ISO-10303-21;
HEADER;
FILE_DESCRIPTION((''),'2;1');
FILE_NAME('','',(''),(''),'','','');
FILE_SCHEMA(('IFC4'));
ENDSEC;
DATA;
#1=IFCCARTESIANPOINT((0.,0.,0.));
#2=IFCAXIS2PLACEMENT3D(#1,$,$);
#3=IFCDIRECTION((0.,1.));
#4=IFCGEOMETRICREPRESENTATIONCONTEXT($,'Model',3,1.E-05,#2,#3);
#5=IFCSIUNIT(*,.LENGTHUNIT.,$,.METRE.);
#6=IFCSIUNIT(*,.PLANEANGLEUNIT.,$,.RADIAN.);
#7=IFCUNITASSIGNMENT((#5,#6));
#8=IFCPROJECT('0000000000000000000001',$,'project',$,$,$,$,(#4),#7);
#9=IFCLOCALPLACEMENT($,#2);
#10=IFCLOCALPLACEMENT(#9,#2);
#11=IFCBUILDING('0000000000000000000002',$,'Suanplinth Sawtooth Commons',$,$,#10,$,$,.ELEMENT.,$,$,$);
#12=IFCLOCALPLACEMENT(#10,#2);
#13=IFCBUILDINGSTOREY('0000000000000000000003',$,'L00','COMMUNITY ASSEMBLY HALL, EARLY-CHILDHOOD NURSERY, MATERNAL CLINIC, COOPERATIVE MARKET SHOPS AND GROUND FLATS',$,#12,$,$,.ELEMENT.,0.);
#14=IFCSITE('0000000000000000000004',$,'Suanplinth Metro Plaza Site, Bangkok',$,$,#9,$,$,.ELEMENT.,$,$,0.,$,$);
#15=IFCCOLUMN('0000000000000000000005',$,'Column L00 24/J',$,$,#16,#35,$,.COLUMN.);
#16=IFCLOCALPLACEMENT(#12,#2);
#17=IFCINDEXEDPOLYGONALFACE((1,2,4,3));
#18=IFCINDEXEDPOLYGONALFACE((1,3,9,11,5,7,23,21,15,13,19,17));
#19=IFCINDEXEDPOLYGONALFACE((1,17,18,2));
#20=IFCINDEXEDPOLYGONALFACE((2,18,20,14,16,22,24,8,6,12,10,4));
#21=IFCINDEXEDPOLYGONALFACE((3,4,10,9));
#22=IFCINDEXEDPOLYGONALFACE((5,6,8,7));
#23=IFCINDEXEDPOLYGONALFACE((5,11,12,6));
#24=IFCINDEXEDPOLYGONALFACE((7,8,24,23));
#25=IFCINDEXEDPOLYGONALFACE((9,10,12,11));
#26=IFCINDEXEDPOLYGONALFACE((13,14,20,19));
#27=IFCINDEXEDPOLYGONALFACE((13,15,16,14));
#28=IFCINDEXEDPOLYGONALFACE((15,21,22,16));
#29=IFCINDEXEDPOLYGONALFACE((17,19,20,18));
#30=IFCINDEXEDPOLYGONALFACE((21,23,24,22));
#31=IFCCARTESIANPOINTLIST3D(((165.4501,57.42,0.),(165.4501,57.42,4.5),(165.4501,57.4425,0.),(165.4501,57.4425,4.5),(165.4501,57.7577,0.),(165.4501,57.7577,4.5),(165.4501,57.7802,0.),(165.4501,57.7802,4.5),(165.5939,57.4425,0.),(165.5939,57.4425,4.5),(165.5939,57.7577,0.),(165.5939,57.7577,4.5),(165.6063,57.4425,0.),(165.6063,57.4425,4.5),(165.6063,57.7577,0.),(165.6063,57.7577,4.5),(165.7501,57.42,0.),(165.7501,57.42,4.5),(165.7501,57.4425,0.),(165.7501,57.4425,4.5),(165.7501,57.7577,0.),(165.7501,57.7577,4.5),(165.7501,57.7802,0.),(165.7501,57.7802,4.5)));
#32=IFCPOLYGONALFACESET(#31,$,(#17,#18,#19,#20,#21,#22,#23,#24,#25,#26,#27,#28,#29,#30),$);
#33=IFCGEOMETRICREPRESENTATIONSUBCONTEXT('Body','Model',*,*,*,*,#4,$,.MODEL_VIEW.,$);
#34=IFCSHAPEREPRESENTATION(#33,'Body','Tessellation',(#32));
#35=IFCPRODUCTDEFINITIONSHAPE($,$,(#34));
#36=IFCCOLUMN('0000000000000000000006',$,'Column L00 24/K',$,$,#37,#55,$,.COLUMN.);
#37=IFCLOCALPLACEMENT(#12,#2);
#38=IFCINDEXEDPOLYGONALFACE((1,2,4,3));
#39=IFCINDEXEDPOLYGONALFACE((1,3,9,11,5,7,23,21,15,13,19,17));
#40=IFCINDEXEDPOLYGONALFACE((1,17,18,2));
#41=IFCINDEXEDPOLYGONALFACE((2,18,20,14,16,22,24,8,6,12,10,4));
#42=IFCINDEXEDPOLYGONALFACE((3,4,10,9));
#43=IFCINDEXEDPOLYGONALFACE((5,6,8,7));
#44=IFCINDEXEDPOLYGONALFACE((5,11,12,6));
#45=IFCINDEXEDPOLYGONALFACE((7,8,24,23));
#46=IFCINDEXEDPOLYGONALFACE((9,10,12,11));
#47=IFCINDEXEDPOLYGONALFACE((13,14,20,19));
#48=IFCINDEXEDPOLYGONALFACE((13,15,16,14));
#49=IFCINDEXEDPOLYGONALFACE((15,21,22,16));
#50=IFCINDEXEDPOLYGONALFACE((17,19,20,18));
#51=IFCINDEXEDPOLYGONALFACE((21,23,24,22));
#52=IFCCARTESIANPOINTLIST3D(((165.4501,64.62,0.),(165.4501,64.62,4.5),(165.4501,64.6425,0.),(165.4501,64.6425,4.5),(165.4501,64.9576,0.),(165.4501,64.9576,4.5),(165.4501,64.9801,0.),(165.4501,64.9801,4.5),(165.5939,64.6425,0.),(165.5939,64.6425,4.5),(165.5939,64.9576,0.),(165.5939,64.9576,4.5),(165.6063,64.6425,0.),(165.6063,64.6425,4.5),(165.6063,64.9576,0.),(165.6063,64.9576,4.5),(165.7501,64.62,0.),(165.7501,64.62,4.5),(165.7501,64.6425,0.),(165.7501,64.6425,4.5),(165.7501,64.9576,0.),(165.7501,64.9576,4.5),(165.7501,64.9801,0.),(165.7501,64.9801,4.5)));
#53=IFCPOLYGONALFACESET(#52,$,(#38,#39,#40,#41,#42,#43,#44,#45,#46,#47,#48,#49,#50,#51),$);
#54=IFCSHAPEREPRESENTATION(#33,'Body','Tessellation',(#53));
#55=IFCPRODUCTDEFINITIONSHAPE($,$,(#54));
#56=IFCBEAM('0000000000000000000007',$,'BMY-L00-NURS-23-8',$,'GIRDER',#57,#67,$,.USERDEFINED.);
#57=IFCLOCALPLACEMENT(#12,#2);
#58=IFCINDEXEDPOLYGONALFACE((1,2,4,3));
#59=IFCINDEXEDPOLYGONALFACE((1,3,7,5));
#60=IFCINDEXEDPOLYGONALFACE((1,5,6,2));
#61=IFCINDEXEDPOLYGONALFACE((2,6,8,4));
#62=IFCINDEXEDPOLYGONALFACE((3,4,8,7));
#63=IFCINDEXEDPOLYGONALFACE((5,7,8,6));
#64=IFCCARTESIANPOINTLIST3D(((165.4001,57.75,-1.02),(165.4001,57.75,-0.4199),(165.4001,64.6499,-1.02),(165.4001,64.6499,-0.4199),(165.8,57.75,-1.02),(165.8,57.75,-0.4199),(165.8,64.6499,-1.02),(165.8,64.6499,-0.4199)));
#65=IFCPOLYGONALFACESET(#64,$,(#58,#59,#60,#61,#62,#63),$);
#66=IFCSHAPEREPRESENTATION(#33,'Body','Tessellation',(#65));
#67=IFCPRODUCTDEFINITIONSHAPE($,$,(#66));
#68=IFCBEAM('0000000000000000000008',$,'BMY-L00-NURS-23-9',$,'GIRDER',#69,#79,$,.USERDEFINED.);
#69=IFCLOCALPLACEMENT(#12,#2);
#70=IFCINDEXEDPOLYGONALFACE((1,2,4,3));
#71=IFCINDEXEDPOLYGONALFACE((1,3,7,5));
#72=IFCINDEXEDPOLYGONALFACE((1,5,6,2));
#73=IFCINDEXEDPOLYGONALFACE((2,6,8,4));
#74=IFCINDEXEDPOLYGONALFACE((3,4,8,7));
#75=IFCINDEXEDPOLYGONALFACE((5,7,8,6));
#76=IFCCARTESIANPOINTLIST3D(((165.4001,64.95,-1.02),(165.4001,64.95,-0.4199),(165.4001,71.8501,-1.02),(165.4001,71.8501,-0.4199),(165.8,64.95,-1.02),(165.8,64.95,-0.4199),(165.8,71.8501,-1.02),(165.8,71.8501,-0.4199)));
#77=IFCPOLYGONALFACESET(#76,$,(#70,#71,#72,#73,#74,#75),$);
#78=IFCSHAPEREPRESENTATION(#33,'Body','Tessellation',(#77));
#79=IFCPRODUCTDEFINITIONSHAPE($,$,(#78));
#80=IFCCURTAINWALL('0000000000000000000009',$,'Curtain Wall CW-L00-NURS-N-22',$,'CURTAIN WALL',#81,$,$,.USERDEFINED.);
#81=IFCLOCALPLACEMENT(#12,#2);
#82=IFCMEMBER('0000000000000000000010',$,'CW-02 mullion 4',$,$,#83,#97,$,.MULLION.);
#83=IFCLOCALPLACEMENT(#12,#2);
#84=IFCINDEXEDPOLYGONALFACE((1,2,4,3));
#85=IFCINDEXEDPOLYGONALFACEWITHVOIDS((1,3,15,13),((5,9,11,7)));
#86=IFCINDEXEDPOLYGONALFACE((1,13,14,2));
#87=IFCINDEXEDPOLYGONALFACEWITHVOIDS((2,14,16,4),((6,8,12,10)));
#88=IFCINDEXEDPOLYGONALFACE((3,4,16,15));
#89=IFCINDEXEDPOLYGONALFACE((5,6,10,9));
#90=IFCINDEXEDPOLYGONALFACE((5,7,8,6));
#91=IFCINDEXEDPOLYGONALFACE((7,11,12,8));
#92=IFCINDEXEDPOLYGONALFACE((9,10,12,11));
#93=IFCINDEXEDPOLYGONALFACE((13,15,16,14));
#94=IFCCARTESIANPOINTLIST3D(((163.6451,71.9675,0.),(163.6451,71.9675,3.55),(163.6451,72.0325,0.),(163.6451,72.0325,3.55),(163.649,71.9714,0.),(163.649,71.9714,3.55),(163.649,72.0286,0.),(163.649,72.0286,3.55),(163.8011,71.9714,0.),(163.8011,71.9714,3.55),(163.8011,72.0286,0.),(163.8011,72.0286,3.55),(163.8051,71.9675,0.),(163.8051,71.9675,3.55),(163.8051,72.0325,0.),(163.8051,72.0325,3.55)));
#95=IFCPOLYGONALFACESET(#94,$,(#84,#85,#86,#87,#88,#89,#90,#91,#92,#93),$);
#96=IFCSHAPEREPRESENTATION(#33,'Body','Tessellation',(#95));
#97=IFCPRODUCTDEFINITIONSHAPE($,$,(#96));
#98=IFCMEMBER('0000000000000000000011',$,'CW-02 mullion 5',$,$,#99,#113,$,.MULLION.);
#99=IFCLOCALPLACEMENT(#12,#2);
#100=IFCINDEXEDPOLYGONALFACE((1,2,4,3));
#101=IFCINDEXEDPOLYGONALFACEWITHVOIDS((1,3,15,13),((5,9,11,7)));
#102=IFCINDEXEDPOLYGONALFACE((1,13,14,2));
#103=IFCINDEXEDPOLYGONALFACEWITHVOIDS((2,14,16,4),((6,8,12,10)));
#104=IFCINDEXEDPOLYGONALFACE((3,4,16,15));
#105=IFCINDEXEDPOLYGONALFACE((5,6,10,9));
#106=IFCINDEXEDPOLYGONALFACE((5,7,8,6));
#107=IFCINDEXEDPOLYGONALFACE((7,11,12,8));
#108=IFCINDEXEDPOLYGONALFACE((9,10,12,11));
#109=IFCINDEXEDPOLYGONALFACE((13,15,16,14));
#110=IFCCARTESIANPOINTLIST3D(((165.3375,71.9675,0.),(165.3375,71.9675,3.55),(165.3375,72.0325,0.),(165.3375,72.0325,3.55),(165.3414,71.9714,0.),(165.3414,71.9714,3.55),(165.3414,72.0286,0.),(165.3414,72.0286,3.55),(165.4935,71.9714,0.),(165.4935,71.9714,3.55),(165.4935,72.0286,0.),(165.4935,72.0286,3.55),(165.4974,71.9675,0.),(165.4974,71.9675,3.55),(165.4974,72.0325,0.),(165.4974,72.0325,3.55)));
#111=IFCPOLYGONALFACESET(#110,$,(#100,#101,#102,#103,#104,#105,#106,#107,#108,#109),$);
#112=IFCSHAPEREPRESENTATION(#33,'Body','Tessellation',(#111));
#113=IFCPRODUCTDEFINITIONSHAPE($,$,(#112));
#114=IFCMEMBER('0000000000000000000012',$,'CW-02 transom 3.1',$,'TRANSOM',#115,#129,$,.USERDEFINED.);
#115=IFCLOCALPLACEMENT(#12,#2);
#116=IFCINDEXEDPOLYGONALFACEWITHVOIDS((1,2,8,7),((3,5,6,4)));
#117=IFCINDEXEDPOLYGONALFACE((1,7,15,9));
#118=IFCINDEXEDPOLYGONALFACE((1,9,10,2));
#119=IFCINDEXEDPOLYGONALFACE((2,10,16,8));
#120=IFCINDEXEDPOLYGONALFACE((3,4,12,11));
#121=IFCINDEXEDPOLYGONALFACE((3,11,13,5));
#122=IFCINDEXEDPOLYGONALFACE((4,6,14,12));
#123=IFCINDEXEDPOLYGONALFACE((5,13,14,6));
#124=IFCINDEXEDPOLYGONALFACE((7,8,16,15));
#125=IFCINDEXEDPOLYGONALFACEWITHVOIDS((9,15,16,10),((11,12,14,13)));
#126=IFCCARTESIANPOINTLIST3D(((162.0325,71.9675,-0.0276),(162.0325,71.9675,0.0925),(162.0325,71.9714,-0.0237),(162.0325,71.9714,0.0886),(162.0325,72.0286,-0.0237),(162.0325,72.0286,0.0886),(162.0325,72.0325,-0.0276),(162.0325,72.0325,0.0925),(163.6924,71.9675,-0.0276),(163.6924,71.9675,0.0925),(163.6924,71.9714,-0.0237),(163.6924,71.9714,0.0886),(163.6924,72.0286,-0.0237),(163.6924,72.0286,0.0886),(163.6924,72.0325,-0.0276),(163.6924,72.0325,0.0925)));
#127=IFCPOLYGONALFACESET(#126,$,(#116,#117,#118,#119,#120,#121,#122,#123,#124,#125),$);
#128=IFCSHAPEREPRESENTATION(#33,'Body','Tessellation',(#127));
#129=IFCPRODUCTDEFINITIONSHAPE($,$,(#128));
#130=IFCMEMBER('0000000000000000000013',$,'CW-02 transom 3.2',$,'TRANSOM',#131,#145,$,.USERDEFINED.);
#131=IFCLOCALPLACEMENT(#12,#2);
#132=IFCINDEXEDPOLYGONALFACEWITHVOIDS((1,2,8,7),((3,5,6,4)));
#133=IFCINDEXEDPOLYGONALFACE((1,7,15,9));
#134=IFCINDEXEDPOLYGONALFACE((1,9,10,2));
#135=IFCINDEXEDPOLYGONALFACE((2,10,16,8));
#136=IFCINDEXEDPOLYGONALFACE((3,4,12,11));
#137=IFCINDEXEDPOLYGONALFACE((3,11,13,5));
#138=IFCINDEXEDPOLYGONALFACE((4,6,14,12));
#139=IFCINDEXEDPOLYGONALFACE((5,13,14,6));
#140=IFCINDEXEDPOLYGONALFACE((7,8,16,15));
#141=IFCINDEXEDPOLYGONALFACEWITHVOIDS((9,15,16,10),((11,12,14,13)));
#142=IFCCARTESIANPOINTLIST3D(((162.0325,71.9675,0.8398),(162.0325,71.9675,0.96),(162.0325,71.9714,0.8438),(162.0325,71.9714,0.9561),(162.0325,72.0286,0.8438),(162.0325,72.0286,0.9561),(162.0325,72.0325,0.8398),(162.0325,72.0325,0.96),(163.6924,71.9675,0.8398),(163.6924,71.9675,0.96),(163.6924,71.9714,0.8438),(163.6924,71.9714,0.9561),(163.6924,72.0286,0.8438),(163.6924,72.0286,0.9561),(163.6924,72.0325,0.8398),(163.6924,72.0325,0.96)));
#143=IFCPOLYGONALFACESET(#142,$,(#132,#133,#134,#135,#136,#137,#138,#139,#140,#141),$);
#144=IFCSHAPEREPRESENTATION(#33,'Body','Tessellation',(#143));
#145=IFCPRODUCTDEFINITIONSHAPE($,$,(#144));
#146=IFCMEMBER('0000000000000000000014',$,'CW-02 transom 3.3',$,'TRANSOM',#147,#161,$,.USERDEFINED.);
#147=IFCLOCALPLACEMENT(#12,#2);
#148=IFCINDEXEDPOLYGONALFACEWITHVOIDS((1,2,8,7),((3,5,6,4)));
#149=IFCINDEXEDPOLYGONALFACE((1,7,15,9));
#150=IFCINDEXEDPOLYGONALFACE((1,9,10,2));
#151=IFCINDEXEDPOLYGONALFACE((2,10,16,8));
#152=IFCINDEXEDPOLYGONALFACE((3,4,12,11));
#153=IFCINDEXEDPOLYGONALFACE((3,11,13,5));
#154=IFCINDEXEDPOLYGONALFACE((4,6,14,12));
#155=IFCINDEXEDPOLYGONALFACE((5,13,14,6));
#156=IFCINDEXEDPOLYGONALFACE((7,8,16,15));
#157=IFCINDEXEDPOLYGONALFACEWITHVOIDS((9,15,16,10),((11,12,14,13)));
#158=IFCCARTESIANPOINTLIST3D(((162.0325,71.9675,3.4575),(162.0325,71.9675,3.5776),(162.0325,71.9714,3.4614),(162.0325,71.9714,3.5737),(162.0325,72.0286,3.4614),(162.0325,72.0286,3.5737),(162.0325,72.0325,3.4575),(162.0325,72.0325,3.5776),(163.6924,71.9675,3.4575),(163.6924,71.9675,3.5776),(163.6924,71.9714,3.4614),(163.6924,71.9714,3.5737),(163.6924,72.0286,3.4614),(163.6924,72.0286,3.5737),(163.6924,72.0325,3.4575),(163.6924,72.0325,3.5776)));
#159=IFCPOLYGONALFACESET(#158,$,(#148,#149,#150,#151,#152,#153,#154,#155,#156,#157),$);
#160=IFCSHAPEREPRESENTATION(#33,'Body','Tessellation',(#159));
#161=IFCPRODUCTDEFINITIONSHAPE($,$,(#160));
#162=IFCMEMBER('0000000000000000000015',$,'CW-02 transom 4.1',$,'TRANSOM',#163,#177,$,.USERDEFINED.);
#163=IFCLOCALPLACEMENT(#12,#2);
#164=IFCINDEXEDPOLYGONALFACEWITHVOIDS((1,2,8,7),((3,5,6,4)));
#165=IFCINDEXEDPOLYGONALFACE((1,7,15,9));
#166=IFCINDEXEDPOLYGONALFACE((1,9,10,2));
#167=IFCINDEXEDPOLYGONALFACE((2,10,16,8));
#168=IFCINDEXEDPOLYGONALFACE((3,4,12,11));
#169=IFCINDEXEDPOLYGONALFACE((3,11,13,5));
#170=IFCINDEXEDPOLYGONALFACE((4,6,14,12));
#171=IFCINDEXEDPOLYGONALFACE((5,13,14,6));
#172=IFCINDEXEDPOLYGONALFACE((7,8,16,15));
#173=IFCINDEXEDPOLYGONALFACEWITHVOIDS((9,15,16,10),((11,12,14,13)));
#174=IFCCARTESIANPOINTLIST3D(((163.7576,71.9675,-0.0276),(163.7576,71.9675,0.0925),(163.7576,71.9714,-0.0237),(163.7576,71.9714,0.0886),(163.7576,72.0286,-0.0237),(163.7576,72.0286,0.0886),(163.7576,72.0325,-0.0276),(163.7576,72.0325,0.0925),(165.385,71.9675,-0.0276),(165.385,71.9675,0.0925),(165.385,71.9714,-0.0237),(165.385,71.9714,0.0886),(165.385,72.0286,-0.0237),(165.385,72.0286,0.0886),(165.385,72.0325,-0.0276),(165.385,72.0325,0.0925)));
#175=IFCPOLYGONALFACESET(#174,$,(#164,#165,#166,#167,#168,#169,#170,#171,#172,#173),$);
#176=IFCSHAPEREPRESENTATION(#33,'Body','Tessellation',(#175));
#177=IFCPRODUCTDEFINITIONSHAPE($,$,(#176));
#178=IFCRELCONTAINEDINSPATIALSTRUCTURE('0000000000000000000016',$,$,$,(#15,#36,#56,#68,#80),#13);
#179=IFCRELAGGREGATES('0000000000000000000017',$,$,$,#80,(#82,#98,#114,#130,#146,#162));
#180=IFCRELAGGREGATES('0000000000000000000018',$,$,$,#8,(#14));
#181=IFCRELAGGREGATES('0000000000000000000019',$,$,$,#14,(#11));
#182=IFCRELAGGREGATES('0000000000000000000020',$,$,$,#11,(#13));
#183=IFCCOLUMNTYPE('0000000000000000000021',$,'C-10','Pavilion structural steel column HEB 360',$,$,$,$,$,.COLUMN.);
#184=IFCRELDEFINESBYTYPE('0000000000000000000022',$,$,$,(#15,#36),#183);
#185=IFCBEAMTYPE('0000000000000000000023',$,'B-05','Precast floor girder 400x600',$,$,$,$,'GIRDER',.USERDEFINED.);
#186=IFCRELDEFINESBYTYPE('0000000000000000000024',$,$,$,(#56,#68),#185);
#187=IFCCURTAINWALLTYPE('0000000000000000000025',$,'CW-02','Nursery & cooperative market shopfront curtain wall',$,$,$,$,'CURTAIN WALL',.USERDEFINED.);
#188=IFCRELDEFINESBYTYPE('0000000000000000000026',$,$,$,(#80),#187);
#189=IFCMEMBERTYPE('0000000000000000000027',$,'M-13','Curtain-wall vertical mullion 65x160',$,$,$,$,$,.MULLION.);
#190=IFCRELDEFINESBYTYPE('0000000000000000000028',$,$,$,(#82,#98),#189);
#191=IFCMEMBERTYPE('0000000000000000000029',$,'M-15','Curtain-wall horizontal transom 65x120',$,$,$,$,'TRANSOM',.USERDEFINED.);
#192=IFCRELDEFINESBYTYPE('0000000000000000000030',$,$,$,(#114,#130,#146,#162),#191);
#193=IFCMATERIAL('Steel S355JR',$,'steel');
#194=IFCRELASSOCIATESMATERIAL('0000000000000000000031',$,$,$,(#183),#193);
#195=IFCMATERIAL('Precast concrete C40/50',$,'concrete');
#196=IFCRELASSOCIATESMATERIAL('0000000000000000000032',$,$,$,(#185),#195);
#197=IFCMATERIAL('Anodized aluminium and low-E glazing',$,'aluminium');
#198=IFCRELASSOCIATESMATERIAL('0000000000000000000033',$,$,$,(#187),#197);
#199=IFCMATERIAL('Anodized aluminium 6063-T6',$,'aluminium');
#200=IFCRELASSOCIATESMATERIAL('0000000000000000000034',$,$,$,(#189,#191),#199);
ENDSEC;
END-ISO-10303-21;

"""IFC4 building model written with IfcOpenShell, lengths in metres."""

from ifc_helpers import new_model, si_unit, direction, frame, origin, origin_2d, place, context, subcontext, project, spatial, rectangle, hollow_rectangle, i_section, extrude, material, material_profile, profile_set, type_object, element, aggregate, save


model = new_model("IFC4")

# Units and contexts
model_context = context("Model", 3, precision=1e-05, world=origin(), true_north=direction((0.0, 1.0)))
body_context = subcontext(model_context, "Body", "Model", "MODEL_VIEW")
ifc_project = project(units=[si_unit("LENGTHUNIT", "METRE"), si_unit("PLANEANGLEUNIT", "RADIAN")], contexts=[model_context])

# Site, building, storey
site_placement = place(None, origin())
site = spatial("IfcSite", under=ifc_project, at=site_placement, Name="Suanplinth Metro Plaza Site, Bangkok", CompositionType="ELEMENT", RefElevation=0.0)
building_placement = place(site_placement, origin())
building = spatial("IfcBuilding", under=site, at=building_placement, Name="Suanplinth Sawtooth Commons", CompositionType="ELEMENT")
storey_placement = place(building_placement, origin())
storey = spatial("IfcBuildingStorey", under=building, at=storey_placement, Name="L00", Description="COMMUNITY ASSEMBLY HALL, EARLY-CHILDHOOD NURSERY, MATERNAL CLINIC, COOPERATIVE MARKET SHOPS AND GROUND FLATS", CompositionType="ELEMENT", Elevation=0.0)

# Columns
ifc_material_1 = material(Name="Steel S355JR", Category="steel")
ifc_material_profile_1 = material_profile(ifc_material_1, i_section(OverallWidth=0.3, OverallDepth=0.3601, WebThickness=0.0125, FlangeThickness=0.0225, at=origin_2d()), Name="HEB 360")
ifc_profile_set_1 = profile_set([ifc_material_profile_1], Name="Steel S355JR")
column_type = type_object("IfcColumnType", Name="C-10", Description="Pavilion structural steel column HEB 360", PredefinedType="COLUMN", material=ifc_profile_set_1)
for number, where, z_axis, x_axis, name in (
    (1, (165.6001, 57.6001, 0.0), (0.0, 0.0, 1.0), (1.0, 0.0, 0.0), "Column L00 24/J"),
    (2, (165.6001, 64.8, 0.0), (0.0, 0.0, 1.0), (1.0, 0.0, 0.0), "Column L00 24/K"),
):
    element("IfcColumn", number, at=place(storey_placement, frame(where, z_axis=z_axis, x_axis=x_axis)), inside=storey, type_object=column_type, Name=name, PredefinedType="COLUMN", context=body_context, shape_type="SweptSolid", body=[
        extrude(i_section(OverallWidth=0.3, OverallDepth=0.3601, WebThickness=0.0125, FlangeThickness=0.0225, at=origin_2d()), origin(), (0.0, 0.0, 1.0), 4.5),
    ])

# Beams
ifc_material_2 = material(Name="Precast concrete C40/50", Category="concrete")
ifc_material_profile_2 = material_profile(ifc_material_2, rectangle(XDim=0.3999, YDim=0.6001, at=origin_2d()), Name="PC-GDR 400x600")
ifc_profile_set_2 = profile_set([ifc_material_profile_2], Name="Precast concrete C40/50")
beam_type = type_object("IfcBeamType", Name="B-05", Description="Precast floor girder 400x600", ElementType="GIRDER", PredefinedType="USERDEFINED", material=ifc_profile_set_2)
beam_1_placement = place(storey_placement, frame((165.6001, 57.75, -0.72), z_axis=(0.0, 1.0, 0.0), x_axis=(-1.0, 0.0, 0.0)))
element("IfcBeam", 3, at=beam_1_placement, inside=storey, type_object=beam_type, Name="BMY-L00-NURS-23-8", ObjectType="GIRDER", PredefinedType="USERDEFINED", context=body_context, shape_type="SweptSolid", body=[
    extrude(rectangle(XDim=0.3999, YDim=0.6001, at=origin_2d()), origin(), (0.0, 0.0, 1.0), 6.8999),
])
beam_2_placement = place(storey_placement, frame((165.6001, 64.95, -0.72), z_axis=(0.0, 1.0, 0.0), x_axis=(-1.0, 0.0, 0.0)))
element("IfcBeam", 4, at=beam_2_placement, inside=storey, type_object=beam_type, Name="BMY-L00-NURS-23-9", ObjectType="GIRDER", PredefinedType="USERDEFINED", context=body_context, shape_type="SweptSolid", body=[
    extrude(rectangle(XDim=0.3999, YDim=0.6001, at=origin_2d()), origin(), (0.0, 0.0, 1.0), 6.9001),
])

# Curtain wall, members
ifc_material_3 = material(Name="Anodized aluminium and low-E glazing", Category="aluminium")
curtain_wall_type = type_object("IfcCurtainWallType", Name="CW-02", Description="Nursery & cooperative market shopfront curtain wall", ElementType="CURTAIN WALL", PredefinedType="USERDEFINED", material=ifc_material_3)
curtain_wall_placement = place(storey_placement, origin())
curtain_wall = element("IfcCurtainWall", 5, at=curtain_wall_placement, inside=storey, type_object=curtain_wall_type, Name="Curtain Wall CW-L00-NURS-N-22", ObjectType="CURTAIN WALL", PredefinedType="USERDEFINED")
ifc_material_4 = material(Name="Anodized aluminium 6063-T6", Category="aluminium")
ifc_material_profile_3 = material_profile(ifc_material_4, hollow_rectangle(XDim=0.0649, YDim=0.1599, WallThickness=0.0039, at=origin_2d()), Name="ALU-MUL 65x160")
ifc_profile_set_3 = profile_set([ifc_material_profile_3], Name="Anodized aluminium 6063-T6")
member_type_1 = type_object("IfcMemberType", Name="M-13", Description="Curtain-wall vertical mullion 65x160", PredefinedType="MULLION", material=ifc_profile_set_3)
member_1_placement = place(storey_placement, frame((163.7251, 72.0, 0.0), z_axis=(0.0, 0.0, 1.0), x_axis=(0.0, 1.0, 0.0)))
member_1 = element("IfcMember", 6, at=member_1_placement, type_object=member_type_1, Name="CW-02 mullion 4", PredefinedType="MULLION", context=body_context, shape_type="SweptSolid", body=[
    extrude(hollow_rectangle(XDim=0.0649, YDim=0.1599, WallThickness=0.0039, at=origin_2d()), origin(), (0.0, 0.0, 1.0), 3.55),
])
member_2_placement = place(storey_placement, frame((165.4175, 72.0, 0.0), z_axis=(0.0, 0.0, 1.0), x_axis=(0.0, 1.0, 0.0)))
member_2 = element("IfcMember", 7, at=member_2_placement, type_object=member_type_1, Name="CW-02 mullion 5", PredefinedType="MULLION", context=body_context, shape_type="SweptSolid", body=[
    extrude(hollow_rectangle(XDim=0.0649, YDim=0.1599, WallThickness=0.0039, at=origin_2d()), origin(), (0.0, 0.0, 1.0), 3.55),
])
ifc_material_profile_4 = material_profile(ifc_material_4, hollow_rectangle(XDim=0.0649, YDim=0.1201, WallThickness=0.0039, at=origin_2d()), Name="ALU-TRN 65x120")
ifc_profile_set_4 = profile_set([ifc_material_profile_4], Name="Anodized aluminium 6063-T6")
member_type_2 = type_object("IfcMemberType", Name="M-15", Description="Curtain-wall horizontal transom 65x120", ElementType="TRANSOM", PredefinedType="USERDEFINED", material=ifc_profile_set_4)
member_3_placement = place(storey_placement, frame((162.0325, 72.0, 0.0325), z_axis=(1.0, 0.0, 0.0), x_axis=(0.0, 1.0, 0.0)))
member_3 = element("IfcMember", 8, at=member_3_placement, type_object=member_type_2, Name="CW-02 transom 3.1", ObjectType="TRANSOM", PredefinedType="USERDEFINED", context=body_context, shape_type="SweptSolid", body=[
    extrude(hollow_rectangle(XDim=0.0649, YDim=0.1201, WallThickness=0.0039, at=origin_2d()), origin(), (0.0, 0.0, 1.0), 1.6599),
])
member_4_placement = place(storey_placement, frame((162.0325, 72.0, 0.8999), z_axis=(1.0, 0.0, 0.0), x_axis=(0.0, 1.0, 0.0)))
member_4 = element("IfcMember", 9, at=member_4_placement, type_object=member_type_2, Name="CW-02 transom 3.2", ObjectType="TRANSOM", PredefinedType="USERDEFINED", context=body_context, shape_type="SweptSolid", body=[
    extrude(hollow_rectangle(XDim=0.0649, YDim=0.1201, WallThickness=0.0039, at=origin_2d()), origin(), (0.0, 0.0, 1.0), 1.6599),
])
member_5_placement = place(storey_placement, frame((162.0325, 72.0, 3.5176), z_axis=(1.0, 0.0, 0.0), x_axis=(0.0, 1.0, 0.0)))
member_5 = element("IfcMember", 10, at=member_5_placement, type_object=member_type_2, Name="CW-02 transom 3.3", ObjectType="TRANSOM", PredefinedType="USERDEFINED", context=body_context, shape_type="SweptSolid", body=[
    extrude(hollow_rectangle(XDim=0.0649, YDim=0.1201, WallThickness=0.0039, at=origin_2d()), origin(), (0.0, 0.0, 1.0), 1.6599),
])
member_6_placement = place(storey_placement, frame((163.7576, 72.0, 0.0325), z_axis=(1.0, 0.0, 0.0), x_axis=(0.0, 1.0, 0.0)))
member_6 = element("IfcMember", 11, at=member_6_placement, type_object=member_type_2, Name="CW-02 transom 4.1", ObjectType="TRANSOM", PredefinedType="USERDEFINED", context=body_context, shape_type="SweptSolid", body=[
    extrude(hollow_rectangle(XDim=0.0649, YDim=0.1201, WallThickness=0.0039, at=origin_2d()), origin(), (0.0, 0.0, 1.0), 1.6274),
])
aggregate(curtain_wall, [member_1, member_2, member_3, member_4, member_5, member_6])

save(model, "model.ifc")
